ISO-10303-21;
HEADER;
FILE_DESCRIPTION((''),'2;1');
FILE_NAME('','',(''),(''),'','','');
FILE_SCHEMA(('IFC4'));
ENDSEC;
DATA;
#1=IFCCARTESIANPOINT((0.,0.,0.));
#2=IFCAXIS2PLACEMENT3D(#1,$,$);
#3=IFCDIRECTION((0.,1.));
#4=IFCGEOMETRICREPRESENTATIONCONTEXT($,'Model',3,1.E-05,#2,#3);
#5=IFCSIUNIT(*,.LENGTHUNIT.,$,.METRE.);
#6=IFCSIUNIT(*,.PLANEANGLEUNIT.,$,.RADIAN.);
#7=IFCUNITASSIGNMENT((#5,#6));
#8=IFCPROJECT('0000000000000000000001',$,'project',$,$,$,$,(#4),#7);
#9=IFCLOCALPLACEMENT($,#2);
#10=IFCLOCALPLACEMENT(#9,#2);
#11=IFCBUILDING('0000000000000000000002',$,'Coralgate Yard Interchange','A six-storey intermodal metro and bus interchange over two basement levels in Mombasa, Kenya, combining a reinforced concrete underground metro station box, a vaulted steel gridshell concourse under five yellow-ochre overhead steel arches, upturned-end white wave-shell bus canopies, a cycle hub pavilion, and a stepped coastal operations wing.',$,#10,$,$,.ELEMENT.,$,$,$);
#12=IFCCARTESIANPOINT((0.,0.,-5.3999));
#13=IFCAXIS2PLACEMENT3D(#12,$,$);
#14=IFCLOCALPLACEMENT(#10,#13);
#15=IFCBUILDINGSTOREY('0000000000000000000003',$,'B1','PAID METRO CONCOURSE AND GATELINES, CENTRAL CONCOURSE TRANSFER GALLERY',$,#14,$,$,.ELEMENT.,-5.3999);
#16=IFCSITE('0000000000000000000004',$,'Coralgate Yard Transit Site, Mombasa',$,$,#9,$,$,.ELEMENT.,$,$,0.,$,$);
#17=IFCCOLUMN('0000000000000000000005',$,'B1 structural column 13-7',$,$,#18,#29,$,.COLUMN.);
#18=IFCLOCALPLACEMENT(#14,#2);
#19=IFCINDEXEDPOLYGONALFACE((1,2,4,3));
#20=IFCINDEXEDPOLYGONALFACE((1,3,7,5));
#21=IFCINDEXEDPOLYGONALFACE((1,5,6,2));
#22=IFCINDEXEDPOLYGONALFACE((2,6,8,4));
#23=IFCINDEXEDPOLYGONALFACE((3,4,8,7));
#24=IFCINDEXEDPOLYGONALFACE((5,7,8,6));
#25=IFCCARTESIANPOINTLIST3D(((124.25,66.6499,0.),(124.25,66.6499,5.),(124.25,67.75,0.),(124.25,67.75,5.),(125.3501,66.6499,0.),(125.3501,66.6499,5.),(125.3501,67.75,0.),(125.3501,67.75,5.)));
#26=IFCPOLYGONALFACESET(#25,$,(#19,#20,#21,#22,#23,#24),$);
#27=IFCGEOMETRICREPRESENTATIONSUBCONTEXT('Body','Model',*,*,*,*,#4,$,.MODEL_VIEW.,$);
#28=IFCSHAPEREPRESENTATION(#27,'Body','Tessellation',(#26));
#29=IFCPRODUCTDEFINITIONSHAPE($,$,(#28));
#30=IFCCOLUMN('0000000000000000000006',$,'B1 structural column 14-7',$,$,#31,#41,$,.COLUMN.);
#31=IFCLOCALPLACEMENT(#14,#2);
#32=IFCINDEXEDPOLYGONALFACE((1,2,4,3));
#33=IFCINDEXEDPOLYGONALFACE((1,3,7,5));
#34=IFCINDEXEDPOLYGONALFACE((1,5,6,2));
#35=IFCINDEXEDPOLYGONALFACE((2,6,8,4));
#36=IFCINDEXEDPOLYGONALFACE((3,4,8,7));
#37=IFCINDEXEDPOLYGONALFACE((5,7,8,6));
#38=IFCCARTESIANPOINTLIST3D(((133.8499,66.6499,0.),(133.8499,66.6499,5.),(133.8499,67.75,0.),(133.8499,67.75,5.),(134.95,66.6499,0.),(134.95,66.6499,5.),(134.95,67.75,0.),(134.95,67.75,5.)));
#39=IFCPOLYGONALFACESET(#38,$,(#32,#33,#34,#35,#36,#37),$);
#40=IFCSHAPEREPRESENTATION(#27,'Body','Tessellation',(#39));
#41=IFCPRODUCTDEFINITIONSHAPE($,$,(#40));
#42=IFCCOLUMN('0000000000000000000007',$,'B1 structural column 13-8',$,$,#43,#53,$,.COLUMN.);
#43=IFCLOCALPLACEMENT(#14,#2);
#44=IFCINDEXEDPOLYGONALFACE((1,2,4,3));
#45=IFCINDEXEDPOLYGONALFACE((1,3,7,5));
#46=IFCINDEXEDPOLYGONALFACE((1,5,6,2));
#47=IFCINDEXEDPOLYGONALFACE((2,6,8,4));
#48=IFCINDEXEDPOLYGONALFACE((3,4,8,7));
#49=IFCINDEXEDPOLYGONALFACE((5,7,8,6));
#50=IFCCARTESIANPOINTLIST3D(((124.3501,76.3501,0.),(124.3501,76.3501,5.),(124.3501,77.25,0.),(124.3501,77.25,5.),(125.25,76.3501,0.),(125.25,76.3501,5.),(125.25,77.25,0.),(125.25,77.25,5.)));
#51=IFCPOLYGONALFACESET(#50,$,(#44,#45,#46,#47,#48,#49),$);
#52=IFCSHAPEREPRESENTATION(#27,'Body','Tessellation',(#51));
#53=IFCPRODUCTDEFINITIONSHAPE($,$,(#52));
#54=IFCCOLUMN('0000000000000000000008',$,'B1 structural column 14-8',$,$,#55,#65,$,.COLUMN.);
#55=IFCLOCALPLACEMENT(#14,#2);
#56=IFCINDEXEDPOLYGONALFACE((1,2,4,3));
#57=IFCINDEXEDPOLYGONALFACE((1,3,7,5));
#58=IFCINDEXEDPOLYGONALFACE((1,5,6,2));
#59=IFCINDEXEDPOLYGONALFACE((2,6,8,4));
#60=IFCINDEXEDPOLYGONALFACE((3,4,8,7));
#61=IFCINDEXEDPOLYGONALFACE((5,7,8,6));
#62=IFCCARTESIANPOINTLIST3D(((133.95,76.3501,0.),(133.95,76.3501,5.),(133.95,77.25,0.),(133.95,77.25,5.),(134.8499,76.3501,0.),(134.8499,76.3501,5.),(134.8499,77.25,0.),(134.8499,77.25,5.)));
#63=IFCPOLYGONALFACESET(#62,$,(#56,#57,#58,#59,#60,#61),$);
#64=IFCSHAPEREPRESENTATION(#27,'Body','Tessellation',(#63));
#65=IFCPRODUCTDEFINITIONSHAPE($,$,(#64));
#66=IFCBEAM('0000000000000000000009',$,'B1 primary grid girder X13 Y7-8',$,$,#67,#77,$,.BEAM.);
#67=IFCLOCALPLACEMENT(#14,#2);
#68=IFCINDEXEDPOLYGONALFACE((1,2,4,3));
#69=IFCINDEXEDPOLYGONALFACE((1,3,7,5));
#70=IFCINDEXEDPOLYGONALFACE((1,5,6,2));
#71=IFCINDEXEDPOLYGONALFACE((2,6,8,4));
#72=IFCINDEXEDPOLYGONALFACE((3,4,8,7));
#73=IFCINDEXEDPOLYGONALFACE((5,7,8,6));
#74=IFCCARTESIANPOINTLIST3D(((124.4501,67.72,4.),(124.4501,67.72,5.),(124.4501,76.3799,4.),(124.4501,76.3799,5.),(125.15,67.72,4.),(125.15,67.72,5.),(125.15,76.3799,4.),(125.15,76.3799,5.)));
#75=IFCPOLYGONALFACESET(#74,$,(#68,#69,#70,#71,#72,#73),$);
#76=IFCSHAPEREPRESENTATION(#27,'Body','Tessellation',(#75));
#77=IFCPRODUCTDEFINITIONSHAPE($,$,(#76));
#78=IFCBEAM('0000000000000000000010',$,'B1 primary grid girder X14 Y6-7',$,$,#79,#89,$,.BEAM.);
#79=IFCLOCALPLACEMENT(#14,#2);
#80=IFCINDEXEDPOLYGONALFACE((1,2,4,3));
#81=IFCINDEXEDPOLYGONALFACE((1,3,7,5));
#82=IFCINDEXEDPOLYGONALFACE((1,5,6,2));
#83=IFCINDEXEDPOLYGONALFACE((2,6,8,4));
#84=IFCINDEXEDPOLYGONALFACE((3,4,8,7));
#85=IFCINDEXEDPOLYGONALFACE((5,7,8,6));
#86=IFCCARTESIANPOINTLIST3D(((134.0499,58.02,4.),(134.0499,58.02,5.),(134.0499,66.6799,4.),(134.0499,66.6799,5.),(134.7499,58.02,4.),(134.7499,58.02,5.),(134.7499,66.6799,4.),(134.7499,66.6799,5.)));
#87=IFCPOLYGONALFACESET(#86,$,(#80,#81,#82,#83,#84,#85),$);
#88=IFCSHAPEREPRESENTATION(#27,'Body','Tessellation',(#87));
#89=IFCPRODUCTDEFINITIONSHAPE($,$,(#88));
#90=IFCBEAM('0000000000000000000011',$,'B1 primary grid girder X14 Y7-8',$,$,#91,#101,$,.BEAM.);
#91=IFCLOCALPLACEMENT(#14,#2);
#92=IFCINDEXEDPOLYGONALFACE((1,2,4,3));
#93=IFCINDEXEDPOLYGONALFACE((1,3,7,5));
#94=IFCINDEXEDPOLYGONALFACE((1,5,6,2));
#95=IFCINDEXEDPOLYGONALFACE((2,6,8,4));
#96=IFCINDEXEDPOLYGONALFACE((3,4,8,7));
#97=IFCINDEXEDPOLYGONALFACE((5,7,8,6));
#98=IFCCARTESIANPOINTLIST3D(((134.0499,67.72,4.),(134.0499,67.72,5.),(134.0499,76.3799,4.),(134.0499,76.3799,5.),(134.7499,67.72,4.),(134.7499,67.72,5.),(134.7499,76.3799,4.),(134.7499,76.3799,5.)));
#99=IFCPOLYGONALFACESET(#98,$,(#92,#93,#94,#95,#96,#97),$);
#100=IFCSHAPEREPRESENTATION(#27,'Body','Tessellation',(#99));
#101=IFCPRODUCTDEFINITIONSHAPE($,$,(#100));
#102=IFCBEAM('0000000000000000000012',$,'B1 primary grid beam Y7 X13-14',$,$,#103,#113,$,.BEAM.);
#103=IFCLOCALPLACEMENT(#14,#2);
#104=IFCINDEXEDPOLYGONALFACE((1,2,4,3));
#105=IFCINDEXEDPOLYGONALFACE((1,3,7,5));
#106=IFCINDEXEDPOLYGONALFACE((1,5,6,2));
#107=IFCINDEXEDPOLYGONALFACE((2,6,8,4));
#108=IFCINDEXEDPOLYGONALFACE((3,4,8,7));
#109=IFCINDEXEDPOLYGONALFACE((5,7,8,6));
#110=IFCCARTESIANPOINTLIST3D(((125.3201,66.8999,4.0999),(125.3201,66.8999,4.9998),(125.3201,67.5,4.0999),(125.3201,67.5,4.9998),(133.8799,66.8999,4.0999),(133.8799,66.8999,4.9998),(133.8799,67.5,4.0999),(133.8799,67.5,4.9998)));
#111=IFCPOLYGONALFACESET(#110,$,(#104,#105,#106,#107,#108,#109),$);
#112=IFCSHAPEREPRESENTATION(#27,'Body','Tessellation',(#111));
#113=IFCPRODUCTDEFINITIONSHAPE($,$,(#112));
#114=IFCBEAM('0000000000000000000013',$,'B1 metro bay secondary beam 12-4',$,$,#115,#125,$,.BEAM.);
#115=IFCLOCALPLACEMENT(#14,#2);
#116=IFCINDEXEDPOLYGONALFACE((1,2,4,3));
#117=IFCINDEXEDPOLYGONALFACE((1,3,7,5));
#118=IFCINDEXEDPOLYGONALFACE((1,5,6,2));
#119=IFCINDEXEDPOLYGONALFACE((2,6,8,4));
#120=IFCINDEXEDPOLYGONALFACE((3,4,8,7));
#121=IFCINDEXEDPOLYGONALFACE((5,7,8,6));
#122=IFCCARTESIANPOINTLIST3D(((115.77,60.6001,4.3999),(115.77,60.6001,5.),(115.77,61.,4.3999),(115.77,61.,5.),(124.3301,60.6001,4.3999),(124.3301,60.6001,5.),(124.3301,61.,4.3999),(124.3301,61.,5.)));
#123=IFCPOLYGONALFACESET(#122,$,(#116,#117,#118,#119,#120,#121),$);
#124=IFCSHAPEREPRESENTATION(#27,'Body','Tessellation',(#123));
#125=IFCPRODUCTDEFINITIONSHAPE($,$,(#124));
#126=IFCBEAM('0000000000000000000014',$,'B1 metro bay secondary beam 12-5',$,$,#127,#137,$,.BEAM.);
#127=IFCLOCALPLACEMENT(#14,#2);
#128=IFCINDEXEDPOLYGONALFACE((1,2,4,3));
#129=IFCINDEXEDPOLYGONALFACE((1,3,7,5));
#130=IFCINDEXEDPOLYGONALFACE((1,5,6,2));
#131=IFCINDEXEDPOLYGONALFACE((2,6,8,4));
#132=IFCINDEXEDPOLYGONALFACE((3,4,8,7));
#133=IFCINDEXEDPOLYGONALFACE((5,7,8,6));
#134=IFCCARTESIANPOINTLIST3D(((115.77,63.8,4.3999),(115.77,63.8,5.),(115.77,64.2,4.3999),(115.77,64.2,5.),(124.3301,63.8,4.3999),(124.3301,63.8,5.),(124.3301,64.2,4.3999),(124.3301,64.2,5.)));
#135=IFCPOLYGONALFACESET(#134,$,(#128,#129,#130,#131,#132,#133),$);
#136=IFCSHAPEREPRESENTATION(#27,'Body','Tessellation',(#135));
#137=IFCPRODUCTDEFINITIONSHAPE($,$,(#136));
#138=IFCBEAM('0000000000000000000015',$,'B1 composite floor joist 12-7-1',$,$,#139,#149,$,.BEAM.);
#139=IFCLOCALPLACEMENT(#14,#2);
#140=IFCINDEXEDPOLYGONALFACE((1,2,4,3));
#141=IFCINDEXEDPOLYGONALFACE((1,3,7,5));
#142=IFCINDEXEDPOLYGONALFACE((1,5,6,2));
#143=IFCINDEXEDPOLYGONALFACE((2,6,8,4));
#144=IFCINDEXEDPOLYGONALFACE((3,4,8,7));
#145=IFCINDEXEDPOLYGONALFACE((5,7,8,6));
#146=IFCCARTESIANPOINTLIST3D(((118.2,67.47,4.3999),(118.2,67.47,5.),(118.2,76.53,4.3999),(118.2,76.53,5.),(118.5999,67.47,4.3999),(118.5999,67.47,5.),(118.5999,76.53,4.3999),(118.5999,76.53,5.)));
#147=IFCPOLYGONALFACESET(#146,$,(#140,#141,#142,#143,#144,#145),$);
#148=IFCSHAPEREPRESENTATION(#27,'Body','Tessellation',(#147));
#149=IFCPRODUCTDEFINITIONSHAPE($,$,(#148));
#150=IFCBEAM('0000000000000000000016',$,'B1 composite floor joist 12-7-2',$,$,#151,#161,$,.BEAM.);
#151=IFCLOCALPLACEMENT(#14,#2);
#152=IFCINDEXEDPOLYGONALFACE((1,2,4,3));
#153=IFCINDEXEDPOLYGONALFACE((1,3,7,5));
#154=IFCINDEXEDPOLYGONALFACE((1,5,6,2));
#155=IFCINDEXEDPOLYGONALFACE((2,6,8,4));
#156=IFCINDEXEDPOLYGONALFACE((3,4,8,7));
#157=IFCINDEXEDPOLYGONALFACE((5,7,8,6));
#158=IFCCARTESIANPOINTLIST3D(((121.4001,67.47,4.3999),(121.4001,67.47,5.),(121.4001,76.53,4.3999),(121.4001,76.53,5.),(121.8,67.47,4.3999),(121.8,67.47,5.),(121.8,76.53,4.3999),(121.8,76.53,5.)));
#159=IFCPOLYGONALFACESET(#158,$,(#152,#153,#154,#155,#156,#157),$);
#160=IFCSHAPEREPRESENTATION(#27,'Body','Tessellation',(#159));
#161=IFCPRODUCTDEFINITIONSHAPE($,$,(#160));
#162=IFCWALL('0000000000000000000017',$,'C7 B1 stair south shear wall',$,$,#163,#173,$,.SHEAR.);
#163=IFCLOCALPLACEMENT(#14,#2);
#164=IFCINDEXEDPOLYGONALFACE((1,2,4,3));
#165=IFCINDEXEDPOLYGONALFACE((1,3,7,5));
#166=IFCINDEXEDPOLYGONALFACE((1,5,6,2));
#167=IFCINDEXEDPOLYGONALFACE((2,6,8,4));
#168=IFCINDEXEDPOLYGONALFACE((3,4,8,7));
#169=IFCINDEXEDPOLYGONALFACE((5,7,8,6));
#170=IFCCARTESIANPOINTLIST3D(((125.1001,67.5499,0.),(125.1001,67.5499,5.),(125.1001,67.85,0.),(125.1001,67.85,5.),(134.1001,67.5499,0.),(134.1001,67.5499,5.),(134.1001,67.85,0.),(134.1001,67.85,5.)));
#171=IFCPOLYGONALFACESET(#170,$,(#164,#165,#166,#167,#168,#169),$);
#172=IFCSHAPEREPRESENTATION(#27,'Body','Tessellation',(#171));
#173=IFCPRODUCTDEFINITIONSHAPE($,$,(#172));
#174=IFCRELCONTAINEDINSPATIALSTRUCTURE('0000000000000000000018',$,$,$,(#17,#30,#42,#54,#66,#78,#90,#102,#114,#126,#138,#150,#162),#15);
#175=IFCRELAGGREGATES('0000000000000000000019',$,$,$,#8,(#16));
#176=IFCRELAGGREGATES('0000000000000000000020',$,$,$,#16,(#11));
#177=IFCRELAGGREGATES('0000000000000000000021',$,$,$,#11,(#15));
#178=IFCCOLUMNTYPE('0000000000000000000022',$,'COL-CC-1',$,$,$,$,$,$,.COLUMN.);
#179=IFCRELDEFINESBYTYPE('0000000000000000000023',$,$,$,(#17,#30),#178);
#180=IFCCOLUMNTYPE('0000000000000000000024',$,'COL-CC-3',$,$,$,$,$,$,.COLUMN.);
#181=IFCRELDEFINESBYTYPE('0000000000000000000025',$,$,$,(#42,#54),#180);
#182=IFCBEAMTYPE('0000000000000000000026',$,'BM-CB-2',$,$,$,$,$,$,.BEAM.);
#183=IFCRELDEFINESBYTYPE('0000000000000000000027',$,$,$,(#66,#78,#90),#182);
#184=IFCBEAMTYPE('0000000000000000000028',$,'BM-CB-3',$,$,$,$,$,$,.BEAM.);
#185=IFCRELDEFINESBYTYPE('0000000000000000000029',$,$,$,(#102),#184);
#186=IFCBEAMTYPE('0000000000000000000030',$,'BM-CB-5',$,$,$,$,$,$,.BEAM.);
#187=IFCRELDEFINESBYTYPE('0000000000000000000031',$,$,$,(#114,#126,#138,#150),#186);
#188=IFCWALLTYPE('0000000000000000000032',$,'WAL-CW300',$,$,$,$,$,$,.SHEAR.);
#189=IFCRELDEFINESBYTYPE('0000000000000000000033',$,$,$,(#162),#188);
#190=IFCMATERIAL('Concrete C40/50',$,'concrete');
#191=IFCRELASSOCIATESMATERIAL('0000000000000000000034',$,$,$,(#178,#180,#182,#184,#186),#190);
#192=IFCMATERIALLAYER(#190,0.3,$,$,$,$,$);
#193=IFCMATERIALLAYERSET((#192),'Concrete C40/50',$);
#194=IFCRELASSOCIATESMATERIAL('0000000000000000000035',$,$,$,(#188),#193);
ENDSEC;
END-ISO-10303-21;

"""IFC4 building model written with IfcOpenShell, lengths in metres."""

from ifc_helpers import new_model, si_unit, direction, frame, frame_2d, origin, origin_2d, place, context, subcontext, project, spatial, rectangle, extrude, material, layer, layer_set, material_profile, profile_set, type_object, element, save


model = new_model("IFC4")

# Units and contexts
model_context = context("Model", 3, precision=1e-05, world=origin(), true_north=direction((0.0, 1.0)))
body_context = subcontext(model_context, "Body", "Model", "MODEL_VIEW")
ifc_project = project(units=[si_unit("LENGTHUNIT", "METRE"), si_unit("PLANEANGLEUNIT", "RADIAN")], contexts=[model_context])

# Site, building, storey
site_placement = place(None, origin())
site = spatial("IfcSite", under=ifc_project, at=site_placement, Name="Coralgate Yard Transit Site, Mombasa", CompositionType="ELEMENT", RefElevation=0.0)
building_placement = place(site_placement, origin())
building = spatial("IfcBuilding", under=site, at=building_placement, Name="Coralgate Yard Interchange", Description="A six-storey intermodal metro and bus interchange over two basement levels in Mombasa, Kenya, combining a reinforced concrete underground metro station box, a vaulted steel gridshell concourse under five yellow-ochre overhead steel arches, upturned-end white wave-shell bus canopies, a cycle hub pavilion, and a stepped coastal operations wing.", CompositionType="ELEMENT")
storey_placement = place(building_placement, frame((0.0, 0.0, -5.3999)))
storey = spatial("IfcBuildingStorey", under=building, at=storey_placement, Name="B1", Description="PAID METRO CONCOURSE AND GATELINES, CENTRAL CONCOURSE TRANSFER GALLERY", CompositionType="ELEMENT", Elevation=-5.3999)

# Columns
ifc_material_1 = material(Name="Concrete C40/50", Category="concrete")
ifc_material_profile_1 = material_profile(ifc_material_1, rectangle(XDim=1.1001, YDim=1.1001, at=origin_2d()), Name="RC 1100x1100")
ifc_profile_set_1 = profile_set([ifc_material_profile_1], Name="Concrete C40/50")
column_type_1 = type_object("IfcColumnType", Name="COL-CC-1", PredefinedType="COLUMN", material=ifc_profile_set_1)
for number, where, z_axis, x_axis, name in (
    (1, (124.8, 67.2, 0.0), (0.0, 0.0, 1.0), (1.0, 0.0, 0.0), "B1 structural column 13-7"),
    (2, (134.3999, 67.2, 0.0), (0.0, 0.0, 1.0), (1.0, 0.0, 0.0), "B1 structural column 14-7"),
):
    element("IfcColumn", number, at=place(storey_placement, frame(where, z_axis=z_axis, x_axis=x_axis)), inside=storey, type_object=column_type_1, Name=name, PredefinedType="COLUMN", context=body_context, shape_type="SweptSolid", body=[
        extrude(rectangle(XDim=1.1001, YDim=1.1001, at=origin_2d()), origin(), (0.0, 0.0, 1.0), 5.0),
    ])
ifc_material_profile_2 = material_profile(ifc_material_1, rectangle(XDim=0.8999, YDim=0.8999, at=origin_2d()), Name="RC 900x900")
ifc_profile_set_2 = profile_set([ifc_material_profile_2], Name="Concrete C40/50")
column_type_2 = type_object("IfcColumnType", Name="COL-CC-3", PredefinedType="COLUMN", material=ifc_profile_set_2)
for number, where, z_axis, x_axis, name in (
    (3, (124.8, 76.8, 0.0), (0.0, 0.0, 1.0), (1.0, 0.0, 0.0), "B1 structural column 13-8"),
    (4, (134.3999, 76.8, 0.0), (0.0, 0.0, 1.0), (1.0, 0.0, 0.0), "B1 structural column 14-8"),
):
    element("IfcColumn", number, at=place(storey_placement, frame(where, z_axis=z_axis, x_axis=x_axis)), inside=storey, type_object=column_type_2, Name=name, PredefinedType="COLUMN", context=body_context, shape_type="SweptSolid", body=[
        extrude(rectangle(XDim=0.8999, YDim=0.8999, at=origin_2d()), origin(), (0.0, 0.0, 1.0), 5.0),
    ])

# Beams
ifc_material_profile_3 = material_profile(ifc_material_1, rectangle(XDim=0.7, YDim=1.0, at=origin_2d()), Name="RC 700x1000")
ifc_profile_set_3 = profile_set([ifc_material_profile_3], Name="Concrete C40/50")
beam_type_1 = type_object("IfcBeamType", Name="BM-CB-2", PredefinedType="BEAM", material=ifc_profile_set_3)
for number, where, z_axis, x_axis, name in (
    (5, (124.8, 67.72, 4.5), (0.0, 1.0, 0.0), (-1.0, 0.0, 0.0), "B1 primary grid girder X13 Y7-8"),
    (6, (134.3999, 58.02, 4.5), (0.0, 1.0, 0.0), (-1.0, 0.0, 0.0), "B1 primary grid girder X14 Y6-7"),
    (7, (134.3999, 67.72, 4.5), (0.0, 1.0, 0.0), (-1.0, 0.0, 0.0), "B1 primary grid girder X14 Y7-8"),
):
    element("IfcBeam", number, at=place(storey_placement, frame(where, z_axis=z_axis, x_axis=x_axis)), inside=storey, type_object=beam_type_1, Name=name, PredefinedType="BEAM", context=body_context, shape_type="SweptSolid", body=[
        extrude(rectangle(XDim=0.7, YDim=1.0, at=origin_2d()), origin(), (0.0, 0.0, 1.0), 8.6599),
    ])
ifc_material_profile_4 = material_profile(ifc_material_1, rectangle(XDim=0.6001, YDim=0.8999, at=origin_2d()), Name="RC 600x900")
ifc_profile_set_4 = profile_set([ifc_material_profile_4], Name="Concrete C40/50")
beam_type_2 = type_object("IfcBeamType", Name="BM-CB-3", PredefinedType="BEAM", material=ifc_profile_set_4)
beam_placement = place(storey_placement, frame((125.3201, 67.2, 4.5498), z_axis=(1.0, 0.0, 0.0), x_axis=(0.0, 1.0, 0.0)))
element("IfcBeam", 8, at=beam_placement, inside=storey, type_object=beam_type_2, Name="B1 primary grid beam Y7 X13-14", PredefinedType="BEAM", context=body_context, shape_type="SweptSolid", body=[
    extrude(rectangle(XDim=0.6001, YDim=0.8999, at=origin_2d()), origin(), (0.0, 0.0, 1.0), 8.5598),
])
ifc_material_profile_5 = material_profile(ifc_material_1, rectangle(XDim=0.3999, YDim=0.6001, at=origin_2d()), Name="RC 400x600")
ifc_profile_set_5 = profile_set([ifc_material_profile_5], Name="Concrete C40/50")
beam_type_3 = type_object("IfcBeamType", Name="BM-CB-5", PredefinedType="BEAM", material=ifc_profile_set_5)
for number, where, z_axis, x_axis, name in (
    (9, (115.77, 60.8, 4.7), (1.0, 0.0, 0.0), (0.0, 1.0, 0.0), "B1 metro bay secondary beam 12-4"),
    (10, (115.77, 64.0, 4.7), (1.0, 0.0, 0.0), (0.0, 1.0, 0.0), "B1 metro bay secondary beam 12-5"),
):
    element("IfcBeam", number, at=place(storey_placement, frame(where, z_axis=z_axis, x_axis=x_axis)), inside=storey, type_object=beam_type_3, Name=name, PredefinedType="BEAM", context=body_context, shape_type="SweptSolid", body=[
        extrude(rectangle(XDim=0.3999, YDim=0.6001, at=origin_2d()), origin(), (0.0, 0.0, 1.0), 8.5601),
    ])
for number, where, z_axis, x_axis, name in (
    (11, (118.3999, 67.47, 4.7), (0.0, 1.0, 0.0), (-1.0, 0.0, 0.0), "B1 composite floor joist 12-7-1"),
    (12, (121.6001, 67.47, 4.7), (0.0, 1.0, 0.0), (-1.0, 0.0, 0.0), "B1 composite floor joist 12-7-2"),
):
    element("IfcBeam", number, at=place(storey_placement, frame(where, z_axis=z_axis, x_axis=x_axis)), inside=storey, type_object=beam_type_3, Name=name, PredefinedType="BEAM", context=body_context, shape_type="SweptSolid", body=[
        extrude(rectangle(XDim=0.3999, YDim=0.6001, at=origin_2d()), origin(), (0.0, 0.0, 1.0), 9.0601),
    ])

# Wall
ifc_layer_1 = layer(ifc_material_1, 0.3)
ifc_layer_set_1 = layer_set([ifc_layer_1], Name="Concrete C40/50")
wall_type_1 = type_object("IfcWallType", Name="WAL-CW300", PredefinedType="SHEAR", material=ifc_layer_set_1)
wall_1_placement = place(storey_placement, frame((125.1001, 67.7, 0.0), z_axis=(0.0, 0.0, 1.0), x_axis=(1.0, 0.0, 0.0)))
element("IfcWall", 13, at=wall_1_placement, inside=storey, type_object=wall_type_1, Name="C7 B1 stair south shear wall", PredefinedType="SHEAR", context=body_context, shape_type="SweptSolid", body=[
    extrude(rectangle(XDim=9.0, YDim=0.3, at=frame_2d((4.5, 0.0))), origin(), (0.0, 0.0, 1.0), 5.0),
])

save(model, "model.ifc")
